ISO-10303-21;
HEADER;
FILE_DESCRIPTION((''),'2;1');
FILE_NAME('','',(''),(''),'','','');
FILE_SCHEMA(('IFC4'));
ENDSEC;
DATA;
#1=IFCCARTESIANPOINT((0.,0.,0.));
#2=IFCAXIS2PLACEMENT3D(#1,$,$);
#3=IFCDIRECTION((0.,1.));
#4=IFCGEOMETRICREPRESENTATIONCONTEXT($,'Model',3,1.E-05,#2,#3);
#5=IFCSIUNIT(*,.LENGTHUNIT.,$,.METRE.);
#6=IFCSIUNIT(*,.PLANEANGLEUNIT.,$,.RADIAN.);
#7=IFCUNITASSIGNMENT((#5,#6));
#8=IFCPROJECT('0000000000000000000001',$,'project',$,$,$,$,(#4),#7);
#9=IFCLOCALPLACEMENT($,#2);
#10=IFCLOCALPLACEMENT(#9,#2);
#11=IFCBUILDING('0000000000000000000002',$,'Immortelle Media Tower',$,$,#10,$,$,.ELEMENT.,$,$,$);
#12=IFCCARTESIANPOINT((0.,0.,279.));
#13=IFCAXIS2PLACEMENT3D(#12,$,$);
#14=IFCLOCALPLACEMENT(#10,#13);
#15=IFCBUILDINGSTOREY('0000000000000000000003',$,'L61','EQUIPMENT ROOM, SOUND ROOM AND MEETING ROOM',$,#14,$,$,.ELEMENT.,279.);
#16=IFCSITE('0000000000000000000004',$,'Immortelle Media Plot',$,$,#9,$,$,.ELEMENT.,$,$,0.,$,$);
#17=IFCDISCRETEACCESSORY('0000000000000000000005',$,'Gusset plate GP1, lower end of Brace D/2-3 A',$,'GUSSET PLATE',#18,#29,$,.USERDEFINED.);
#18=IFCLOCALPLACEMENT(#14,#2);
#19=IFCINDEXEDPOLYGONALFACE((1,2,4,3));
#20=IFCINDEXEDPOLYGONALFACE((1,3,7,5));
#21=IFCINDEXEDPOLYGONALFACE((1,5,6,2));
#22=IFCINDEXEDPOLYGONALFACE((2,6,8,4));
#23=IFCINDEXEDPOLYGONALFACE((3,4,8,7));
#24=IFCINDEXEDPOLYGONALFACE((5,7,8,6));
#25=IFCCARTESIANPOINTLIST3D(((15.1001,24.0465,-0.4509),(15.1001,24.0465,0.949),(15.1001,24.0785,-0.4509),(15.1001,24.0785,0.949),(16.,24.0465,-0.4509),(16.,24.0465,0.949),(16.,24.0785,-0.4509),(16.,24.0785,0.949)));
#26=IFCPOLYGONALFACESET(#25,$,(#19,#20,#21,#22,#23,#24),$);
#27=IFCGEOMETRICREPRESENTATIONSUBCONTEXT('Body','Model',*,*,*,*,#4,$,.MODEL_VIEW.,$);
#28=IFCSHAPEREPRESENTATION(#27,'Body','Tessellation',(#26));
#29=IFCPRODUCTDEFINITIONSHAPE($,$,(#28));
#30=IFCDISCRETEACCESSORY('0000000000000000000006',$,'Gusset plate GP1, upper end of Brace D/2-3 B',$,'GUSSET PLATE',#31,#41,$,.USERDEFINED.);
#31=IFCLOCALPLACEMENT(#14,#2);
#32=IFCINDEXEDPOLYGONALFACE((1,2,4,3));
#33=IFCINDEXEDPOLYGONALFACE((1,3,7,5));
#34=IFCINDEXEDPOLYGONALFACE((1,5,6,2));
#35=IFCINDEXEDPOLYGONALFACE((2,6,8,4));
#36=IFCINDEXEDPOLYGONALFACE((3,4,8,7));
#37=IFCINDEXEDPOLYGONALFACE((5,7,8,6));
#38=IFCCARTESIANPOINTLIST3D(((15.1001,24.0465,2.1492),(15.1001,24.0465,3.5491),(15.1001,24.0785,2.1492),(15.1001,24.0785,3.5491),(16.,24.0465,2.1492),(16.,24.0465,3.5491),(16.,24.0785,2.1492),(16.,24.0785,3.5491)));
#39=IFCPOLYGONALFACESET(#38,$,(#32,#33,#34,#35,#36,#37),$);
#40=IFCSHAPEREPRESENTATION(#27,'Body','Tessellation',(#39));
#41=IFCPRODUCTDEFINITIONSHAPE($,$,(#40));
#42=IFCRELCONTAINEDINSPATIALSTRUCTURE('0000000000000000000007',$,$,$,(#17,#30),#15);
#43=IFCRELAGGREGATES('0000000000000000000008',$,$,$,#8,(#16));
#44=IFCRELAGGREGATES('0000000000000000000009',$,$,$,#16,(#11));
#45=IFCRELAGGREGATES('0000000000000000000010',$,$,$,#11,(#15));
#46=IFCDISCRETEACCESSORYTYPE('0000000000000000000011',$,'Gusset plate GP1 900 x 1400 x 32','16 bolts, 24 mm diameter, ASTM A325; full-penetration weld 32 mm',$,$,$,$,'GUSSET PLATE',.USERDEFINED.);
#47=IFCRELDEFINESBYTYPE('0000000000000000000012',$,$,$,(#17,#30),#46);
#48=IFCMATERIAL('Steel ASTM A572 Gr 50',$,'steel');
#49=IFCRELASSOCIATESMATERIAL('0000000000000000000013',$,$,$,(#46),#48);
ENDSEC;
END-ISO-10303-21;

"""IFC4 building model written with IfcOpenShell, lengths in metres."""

from ifc_helpers import new_model, si_unit, direction, frame, origin, origin_2d, place, context, subcontext, project, spatial, rectangle, extrude, material, material_profile, profile_set, type_object, element, save


model = new_model("IFC4")

# Units and contexts
model_context = context("Model", 3, precision=1e-05, world=origin(), true_north=direction((0.0, 1.0)))
body_context = subcontext(model_context, "Body", "Model", "MODEL_VIEW")
ifc_project = project(units=[si_unit("LENGTHUNIT", "METRE"), si_unit("PLANEANGLEUNIT", "RADIAN")], contexts=[model_context])

# Site, building, storey
site_placement = place(None, origin())
site = spatial("IfcSite", under=ifc_project, at=site_placement, Name="Immortelle Media Plot", CompositionType="ELEMENT", RefElevation=0.0)
building_placement = place(site_placement, origin())
building = spatial("IfcBuilding", under=site, at=building_placement, Name="Immortelle Media Tower", CompositionType="ELEMENT")
storey_placement = place(building_placement, frame((0.0, 0.0, 279.0)))
storey = spatial("IfcBuildingStorey", under=building, at=storey_placement, Name="L61", Description="EQUIPMENT ROOM, SOUND ROOM AND MEETING ROOM", CompositionType="ELEMENT", Elevation=279.0)

# Discrete accessories
ifc_material_1 = material(Name="Steel ASTM A572 Gr 50", Category="steel")
ifc_material_profile_1 = material_profile(ifc_material_1, rectangle(XDim=0.032, YDim=1.3999, at=origin_2d()), Name="PL 32 x 1400")
ifc_profile_set_1 = profile_set([ifc_material_profile_1], Name="Steel ASTM A572 Gr 50")
discrete_accessory_type_1 = type_object("IfcDiscreteAccessoryType", Name="Gusset plate GP1 900 x 1400 x 32", Description="16 bolts, 24 mm diameter, ASTM A325; full-penetration weld 32 mm", ElementType="GUSSET PLATE", PredefinedType="USERDEFINED", material=ifc_profile_set_1)
for number, where, z_axis, x_axis, name in (
    (1, (16.0, 24.0625, 0.249), (-1.0, 0.0, 0.0), (0.0, -1.0, 0.0), "Gusset plate GP1, lower end of Brace D/2-3 A"),
    (2, (16.0, 24.0625, 2.8491), (-1.0, 0.0, 0.0), (0.0, -1.0, 0.0), "Gusset plate GP1, upper end of Brace D/2-3 B"),
):
    element("IfcDiscreteAccessory", number, at=place(storey_placement, frame(where, z_axis=z_axis, x_axis=x_axis)), inside=storey, type_object=discrete_accessory_type_1, Name=name, ObjectType="GUSSET PLATE", PredefinedType="USERDEFINED", context=body_context, shape_type="SweptSolid", body=[
        extrude(rectangle(XDim=0.032, YDim=1.3999, at=origin_2d()), origin(), (0.0, 0.0, 1.0), 0.8999),
    ])

save(model, "model.ifc")
